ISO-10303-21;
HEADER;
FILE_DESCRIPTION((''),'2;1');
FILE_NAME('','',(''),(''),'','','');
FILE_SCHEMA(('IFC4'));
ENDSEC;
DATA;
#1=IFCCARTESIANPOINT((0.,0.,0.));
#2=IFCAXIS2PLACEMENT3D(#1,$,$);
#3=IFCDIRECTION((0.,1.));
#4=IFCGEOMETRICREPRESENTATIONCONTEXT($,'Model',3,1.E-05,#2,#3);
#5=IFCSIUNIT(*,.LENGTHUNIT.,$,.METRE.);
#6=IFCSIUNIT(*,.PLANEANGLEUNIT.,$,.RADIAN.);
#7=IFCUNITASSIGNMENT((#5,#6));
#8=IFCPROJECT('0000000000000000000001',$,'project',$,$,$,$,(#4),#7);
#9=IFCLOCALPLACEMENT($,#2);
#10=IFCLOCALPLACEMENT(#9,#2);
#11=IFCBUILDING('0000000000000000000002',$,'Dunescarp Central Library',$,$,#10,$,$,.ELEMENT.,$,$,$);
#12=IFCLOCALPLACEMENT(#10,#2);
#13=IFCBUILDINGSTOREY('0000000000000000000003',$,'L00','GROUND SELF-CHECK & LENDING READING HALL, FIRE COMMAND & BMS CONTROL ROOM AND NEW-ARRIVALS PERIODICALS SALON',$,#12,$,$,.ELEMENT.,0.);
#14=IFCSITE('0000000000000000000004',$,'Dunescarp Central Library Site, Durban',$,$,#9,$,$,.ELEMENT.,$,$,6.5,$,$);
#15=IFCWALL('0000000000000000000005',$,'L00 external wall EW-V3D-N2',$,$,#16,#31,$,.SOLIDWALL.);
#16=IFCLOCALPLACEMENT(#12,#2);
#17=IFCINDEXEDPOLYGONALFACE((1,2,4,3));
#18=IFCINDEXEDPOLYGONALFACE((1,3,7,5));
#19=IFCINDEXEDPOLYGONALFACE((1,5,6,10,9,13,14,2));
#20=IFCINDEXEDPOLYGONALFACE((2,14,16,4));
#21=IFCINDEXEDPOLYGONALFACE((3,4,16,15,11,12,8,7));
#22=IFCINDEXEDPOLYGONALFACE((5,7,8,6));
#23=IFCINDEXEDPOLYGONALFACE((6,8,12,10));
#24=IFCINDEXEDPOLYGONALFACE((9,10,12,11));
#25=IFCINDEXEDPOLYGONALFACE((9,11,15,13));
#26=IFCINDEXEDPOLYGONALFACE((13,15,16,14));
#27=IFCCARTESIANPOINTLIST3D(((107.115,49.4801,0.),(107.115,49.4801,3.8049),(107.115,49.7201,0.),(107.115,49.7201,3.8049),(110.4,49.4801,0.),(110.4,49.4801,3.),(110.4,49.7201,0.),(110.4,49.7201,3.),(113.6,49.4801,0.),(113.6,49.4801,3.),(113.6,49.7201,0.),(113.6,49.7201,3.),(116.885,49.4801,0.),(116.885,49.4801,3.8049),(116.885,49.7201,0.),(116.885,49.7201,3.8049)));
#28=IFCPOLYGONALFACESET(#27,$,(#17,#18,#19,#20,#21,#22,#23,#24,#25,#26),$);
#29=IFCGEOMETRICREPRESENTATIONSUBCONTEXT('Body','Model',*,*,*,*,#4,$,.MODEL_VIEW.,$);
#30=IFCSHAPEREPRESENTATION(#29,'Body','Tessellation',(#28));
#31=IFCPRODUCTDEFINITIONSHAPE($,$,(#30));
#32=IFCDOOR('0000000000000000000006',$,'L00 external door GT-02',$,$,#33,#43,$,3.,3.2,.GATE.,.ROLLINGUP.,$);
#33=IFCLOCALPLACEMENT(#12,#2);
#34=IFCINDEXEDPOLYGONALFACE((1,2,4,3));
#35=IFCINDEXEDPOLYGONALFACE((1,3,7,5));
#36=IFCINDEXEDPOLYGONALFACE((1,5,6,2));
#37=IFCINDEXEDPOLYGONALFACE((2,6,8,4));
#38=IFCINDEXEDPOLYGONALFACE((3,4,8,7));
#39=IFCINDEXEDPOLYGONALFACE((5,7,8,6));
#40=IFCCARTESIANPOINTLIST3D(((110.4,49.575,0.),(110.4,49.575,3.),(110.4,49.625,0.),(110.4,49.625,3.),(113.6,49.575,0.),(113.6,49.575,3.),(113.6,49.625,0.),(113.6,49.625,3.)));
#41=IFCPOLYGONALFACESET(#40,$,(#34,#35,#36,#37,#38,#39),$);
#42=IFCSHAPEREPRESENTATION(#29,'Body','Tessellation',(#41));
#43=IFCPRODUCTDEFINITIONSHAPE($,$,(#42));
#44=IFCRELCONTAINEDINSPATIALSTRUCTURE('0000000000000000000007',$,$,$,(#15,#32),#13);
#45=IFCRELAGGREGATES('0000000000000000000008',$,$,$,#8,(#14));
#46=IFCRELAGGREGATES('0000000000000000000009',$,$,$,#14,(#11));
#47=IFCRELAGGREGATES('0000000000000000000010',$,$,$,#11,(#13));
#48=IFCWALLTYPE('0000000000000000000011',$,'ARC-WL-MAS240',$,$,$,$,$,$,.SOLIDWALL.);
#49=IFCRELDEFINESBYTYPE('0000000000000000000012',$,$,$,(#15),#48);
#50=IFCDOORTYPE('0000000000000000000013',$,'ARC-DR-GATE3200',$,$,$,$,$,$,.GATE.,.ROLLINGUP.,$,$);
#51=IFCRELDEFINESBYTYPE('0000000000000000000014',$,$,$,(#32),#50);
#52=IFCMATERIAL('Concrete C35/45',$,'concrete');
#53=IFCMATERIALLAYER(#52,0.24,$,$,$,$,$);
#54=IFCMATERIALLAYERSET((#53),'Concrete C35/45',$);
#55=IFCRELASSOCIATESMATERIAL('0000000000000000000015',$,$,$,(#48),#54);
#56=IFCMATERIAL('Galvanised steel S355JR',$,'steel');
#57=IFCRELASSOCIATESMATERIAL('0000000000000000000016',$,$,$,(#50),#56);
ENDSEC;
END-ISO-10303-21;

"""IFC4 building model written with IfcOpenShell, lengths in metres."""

from ifc_helpers import new_model, si_unit, direction, frame, frame_2d, origin, place, context, subcontext, project, spatial, rectangle, extrude, material, layer, layer_set, type_object, element, fill, save


model = new_model("IFC4")

# Units and contexts
model_context = context("Model", 3, precision=1e-05, world=origin(), true_north=direction((0.0, 1.0)))
body_context = subcontext(model_context, "Body", "Model", "MODEL_VIEW")
ifc_project = project(units=[si_unit("LENGTHUNIT", "METRE"), si_unit("PLANEANGLEUNIT", "RADIAN")], contexts=[model_context])

# Site, building, storey
site_placement = place(None, origin())
site = spatial("IfcSite", under=ifc_project, at=site_placement, Name="Dunescarp Central Library Site, Durban", CompositionType="ELEMENT", RefElevation=6.5)
building_placement = place(site_placement, origin())
building = spatial("IfcBuilding", under=site, at=building_placement, Name="Dunescarp Central Library", CompositionType="ELEMENT")
storey_placement = place(building_placement, origin())
storey = spatial("IfcBuildingStorey", under=building, at=storey_placement, Name="L00", Description="GROUND SELF-CHECK & LENDING READING HALL, FIRE COMMAND & BMS CONTROL ROOM AND NEW-ARRIVALS PERIODICALS SALON", CompositionType="ELEMENT", Elevation=0.0)

# Shared definitions
ifc_material_1 = material(Name="Concrete C35/45", Category="concrete")

# Wall, opening, door
ifc_layer_1 = layer(ifc_material_1, 0.24)
ifc_layer_set_1 = layer_set([ifc_layer_1], Name="Concrete C35/45")
wall_type_1 = type_object("IfcWallType", Name="ARC-WL-MAS240", PredefinedType="SOLIDWALL", material=ifc_layer_set_1)
ifc_material_2 = material(Name="Galvanised steel S355JR", Category="steel")
door_type_1 = type_object("IfcDoorType", Name="ARC-DR-GATE3200", OperationType="ROLLINGUP", PredefinedType="GATE", material=ifc_material_2)
wall_1_placement = place(storey_placement, frame((107.115, 49.6001, 0.0), z_axis=(0.0, 0.0, 1.0), x_axis=(1.0, 0.0, 0.0)))
wall_1 = element("IfcWall", 1, at=wall_1_placement, inside=storey, type_object=wall_type_1, Name="L00 external wall EW-V3D-N2", PredefinedType="SOLIDWALL", context=body_context, shape_type="SweptSolid", body=[
    extrude(rectangle(XDim=9.77, YDim=0.24, at=frame_2d((4.885, 0.0))), origin(), (0.0, 0.0, 1.0), 3.8049),
])
opening_1_placement = place(wall_1_placement, frame((3.2849, 0.0, 0.0)))
opening_1 = element("IfcOpeningElement", 2, at=opening_1_placement, cuts=wall_1, PredefinedType="OPENING", context=body_context, shape_type="SweptSolid", body=[
    extrude(rectangle(XDim=3.2, YDim=3.0, at=frame_2d((1.6001, 1.5))), frame((0.0, 0.1299, 0.0), z_axis=(0.0, -1.0, 0.0), x_axis=(1.0, 0.0, 0.0)), (0.0, 0.0, 1.0), 0.26),
])
door_1_placement = place(opening_1_placement, origin())
door_1 = element("IfcDoor", 3, at=door_1_placement, inside=storey, type_object=door_type_1, Name="L00 external door GT-02", OperationType="ROLLINGUP", OverallHeight=3.0, OverallWidth=3.2, PredefinedType="GATE", context=body_context, shape_type="SweptSolid", body=[
    extrude(rectangle(XDim=3.2, YDim=3.0, at=frame_2d((1.6001, 1.5))), frame((0.0, 0.0249, 0.0), z_axis=(0.0, -1.0, 0.0), x_axis=(1.0, 0.0, 0.0)), (0.0, 0.0, 1.0), 0.05),
])
fill(opening_1, door_1)

save(model, "model.ifc")
